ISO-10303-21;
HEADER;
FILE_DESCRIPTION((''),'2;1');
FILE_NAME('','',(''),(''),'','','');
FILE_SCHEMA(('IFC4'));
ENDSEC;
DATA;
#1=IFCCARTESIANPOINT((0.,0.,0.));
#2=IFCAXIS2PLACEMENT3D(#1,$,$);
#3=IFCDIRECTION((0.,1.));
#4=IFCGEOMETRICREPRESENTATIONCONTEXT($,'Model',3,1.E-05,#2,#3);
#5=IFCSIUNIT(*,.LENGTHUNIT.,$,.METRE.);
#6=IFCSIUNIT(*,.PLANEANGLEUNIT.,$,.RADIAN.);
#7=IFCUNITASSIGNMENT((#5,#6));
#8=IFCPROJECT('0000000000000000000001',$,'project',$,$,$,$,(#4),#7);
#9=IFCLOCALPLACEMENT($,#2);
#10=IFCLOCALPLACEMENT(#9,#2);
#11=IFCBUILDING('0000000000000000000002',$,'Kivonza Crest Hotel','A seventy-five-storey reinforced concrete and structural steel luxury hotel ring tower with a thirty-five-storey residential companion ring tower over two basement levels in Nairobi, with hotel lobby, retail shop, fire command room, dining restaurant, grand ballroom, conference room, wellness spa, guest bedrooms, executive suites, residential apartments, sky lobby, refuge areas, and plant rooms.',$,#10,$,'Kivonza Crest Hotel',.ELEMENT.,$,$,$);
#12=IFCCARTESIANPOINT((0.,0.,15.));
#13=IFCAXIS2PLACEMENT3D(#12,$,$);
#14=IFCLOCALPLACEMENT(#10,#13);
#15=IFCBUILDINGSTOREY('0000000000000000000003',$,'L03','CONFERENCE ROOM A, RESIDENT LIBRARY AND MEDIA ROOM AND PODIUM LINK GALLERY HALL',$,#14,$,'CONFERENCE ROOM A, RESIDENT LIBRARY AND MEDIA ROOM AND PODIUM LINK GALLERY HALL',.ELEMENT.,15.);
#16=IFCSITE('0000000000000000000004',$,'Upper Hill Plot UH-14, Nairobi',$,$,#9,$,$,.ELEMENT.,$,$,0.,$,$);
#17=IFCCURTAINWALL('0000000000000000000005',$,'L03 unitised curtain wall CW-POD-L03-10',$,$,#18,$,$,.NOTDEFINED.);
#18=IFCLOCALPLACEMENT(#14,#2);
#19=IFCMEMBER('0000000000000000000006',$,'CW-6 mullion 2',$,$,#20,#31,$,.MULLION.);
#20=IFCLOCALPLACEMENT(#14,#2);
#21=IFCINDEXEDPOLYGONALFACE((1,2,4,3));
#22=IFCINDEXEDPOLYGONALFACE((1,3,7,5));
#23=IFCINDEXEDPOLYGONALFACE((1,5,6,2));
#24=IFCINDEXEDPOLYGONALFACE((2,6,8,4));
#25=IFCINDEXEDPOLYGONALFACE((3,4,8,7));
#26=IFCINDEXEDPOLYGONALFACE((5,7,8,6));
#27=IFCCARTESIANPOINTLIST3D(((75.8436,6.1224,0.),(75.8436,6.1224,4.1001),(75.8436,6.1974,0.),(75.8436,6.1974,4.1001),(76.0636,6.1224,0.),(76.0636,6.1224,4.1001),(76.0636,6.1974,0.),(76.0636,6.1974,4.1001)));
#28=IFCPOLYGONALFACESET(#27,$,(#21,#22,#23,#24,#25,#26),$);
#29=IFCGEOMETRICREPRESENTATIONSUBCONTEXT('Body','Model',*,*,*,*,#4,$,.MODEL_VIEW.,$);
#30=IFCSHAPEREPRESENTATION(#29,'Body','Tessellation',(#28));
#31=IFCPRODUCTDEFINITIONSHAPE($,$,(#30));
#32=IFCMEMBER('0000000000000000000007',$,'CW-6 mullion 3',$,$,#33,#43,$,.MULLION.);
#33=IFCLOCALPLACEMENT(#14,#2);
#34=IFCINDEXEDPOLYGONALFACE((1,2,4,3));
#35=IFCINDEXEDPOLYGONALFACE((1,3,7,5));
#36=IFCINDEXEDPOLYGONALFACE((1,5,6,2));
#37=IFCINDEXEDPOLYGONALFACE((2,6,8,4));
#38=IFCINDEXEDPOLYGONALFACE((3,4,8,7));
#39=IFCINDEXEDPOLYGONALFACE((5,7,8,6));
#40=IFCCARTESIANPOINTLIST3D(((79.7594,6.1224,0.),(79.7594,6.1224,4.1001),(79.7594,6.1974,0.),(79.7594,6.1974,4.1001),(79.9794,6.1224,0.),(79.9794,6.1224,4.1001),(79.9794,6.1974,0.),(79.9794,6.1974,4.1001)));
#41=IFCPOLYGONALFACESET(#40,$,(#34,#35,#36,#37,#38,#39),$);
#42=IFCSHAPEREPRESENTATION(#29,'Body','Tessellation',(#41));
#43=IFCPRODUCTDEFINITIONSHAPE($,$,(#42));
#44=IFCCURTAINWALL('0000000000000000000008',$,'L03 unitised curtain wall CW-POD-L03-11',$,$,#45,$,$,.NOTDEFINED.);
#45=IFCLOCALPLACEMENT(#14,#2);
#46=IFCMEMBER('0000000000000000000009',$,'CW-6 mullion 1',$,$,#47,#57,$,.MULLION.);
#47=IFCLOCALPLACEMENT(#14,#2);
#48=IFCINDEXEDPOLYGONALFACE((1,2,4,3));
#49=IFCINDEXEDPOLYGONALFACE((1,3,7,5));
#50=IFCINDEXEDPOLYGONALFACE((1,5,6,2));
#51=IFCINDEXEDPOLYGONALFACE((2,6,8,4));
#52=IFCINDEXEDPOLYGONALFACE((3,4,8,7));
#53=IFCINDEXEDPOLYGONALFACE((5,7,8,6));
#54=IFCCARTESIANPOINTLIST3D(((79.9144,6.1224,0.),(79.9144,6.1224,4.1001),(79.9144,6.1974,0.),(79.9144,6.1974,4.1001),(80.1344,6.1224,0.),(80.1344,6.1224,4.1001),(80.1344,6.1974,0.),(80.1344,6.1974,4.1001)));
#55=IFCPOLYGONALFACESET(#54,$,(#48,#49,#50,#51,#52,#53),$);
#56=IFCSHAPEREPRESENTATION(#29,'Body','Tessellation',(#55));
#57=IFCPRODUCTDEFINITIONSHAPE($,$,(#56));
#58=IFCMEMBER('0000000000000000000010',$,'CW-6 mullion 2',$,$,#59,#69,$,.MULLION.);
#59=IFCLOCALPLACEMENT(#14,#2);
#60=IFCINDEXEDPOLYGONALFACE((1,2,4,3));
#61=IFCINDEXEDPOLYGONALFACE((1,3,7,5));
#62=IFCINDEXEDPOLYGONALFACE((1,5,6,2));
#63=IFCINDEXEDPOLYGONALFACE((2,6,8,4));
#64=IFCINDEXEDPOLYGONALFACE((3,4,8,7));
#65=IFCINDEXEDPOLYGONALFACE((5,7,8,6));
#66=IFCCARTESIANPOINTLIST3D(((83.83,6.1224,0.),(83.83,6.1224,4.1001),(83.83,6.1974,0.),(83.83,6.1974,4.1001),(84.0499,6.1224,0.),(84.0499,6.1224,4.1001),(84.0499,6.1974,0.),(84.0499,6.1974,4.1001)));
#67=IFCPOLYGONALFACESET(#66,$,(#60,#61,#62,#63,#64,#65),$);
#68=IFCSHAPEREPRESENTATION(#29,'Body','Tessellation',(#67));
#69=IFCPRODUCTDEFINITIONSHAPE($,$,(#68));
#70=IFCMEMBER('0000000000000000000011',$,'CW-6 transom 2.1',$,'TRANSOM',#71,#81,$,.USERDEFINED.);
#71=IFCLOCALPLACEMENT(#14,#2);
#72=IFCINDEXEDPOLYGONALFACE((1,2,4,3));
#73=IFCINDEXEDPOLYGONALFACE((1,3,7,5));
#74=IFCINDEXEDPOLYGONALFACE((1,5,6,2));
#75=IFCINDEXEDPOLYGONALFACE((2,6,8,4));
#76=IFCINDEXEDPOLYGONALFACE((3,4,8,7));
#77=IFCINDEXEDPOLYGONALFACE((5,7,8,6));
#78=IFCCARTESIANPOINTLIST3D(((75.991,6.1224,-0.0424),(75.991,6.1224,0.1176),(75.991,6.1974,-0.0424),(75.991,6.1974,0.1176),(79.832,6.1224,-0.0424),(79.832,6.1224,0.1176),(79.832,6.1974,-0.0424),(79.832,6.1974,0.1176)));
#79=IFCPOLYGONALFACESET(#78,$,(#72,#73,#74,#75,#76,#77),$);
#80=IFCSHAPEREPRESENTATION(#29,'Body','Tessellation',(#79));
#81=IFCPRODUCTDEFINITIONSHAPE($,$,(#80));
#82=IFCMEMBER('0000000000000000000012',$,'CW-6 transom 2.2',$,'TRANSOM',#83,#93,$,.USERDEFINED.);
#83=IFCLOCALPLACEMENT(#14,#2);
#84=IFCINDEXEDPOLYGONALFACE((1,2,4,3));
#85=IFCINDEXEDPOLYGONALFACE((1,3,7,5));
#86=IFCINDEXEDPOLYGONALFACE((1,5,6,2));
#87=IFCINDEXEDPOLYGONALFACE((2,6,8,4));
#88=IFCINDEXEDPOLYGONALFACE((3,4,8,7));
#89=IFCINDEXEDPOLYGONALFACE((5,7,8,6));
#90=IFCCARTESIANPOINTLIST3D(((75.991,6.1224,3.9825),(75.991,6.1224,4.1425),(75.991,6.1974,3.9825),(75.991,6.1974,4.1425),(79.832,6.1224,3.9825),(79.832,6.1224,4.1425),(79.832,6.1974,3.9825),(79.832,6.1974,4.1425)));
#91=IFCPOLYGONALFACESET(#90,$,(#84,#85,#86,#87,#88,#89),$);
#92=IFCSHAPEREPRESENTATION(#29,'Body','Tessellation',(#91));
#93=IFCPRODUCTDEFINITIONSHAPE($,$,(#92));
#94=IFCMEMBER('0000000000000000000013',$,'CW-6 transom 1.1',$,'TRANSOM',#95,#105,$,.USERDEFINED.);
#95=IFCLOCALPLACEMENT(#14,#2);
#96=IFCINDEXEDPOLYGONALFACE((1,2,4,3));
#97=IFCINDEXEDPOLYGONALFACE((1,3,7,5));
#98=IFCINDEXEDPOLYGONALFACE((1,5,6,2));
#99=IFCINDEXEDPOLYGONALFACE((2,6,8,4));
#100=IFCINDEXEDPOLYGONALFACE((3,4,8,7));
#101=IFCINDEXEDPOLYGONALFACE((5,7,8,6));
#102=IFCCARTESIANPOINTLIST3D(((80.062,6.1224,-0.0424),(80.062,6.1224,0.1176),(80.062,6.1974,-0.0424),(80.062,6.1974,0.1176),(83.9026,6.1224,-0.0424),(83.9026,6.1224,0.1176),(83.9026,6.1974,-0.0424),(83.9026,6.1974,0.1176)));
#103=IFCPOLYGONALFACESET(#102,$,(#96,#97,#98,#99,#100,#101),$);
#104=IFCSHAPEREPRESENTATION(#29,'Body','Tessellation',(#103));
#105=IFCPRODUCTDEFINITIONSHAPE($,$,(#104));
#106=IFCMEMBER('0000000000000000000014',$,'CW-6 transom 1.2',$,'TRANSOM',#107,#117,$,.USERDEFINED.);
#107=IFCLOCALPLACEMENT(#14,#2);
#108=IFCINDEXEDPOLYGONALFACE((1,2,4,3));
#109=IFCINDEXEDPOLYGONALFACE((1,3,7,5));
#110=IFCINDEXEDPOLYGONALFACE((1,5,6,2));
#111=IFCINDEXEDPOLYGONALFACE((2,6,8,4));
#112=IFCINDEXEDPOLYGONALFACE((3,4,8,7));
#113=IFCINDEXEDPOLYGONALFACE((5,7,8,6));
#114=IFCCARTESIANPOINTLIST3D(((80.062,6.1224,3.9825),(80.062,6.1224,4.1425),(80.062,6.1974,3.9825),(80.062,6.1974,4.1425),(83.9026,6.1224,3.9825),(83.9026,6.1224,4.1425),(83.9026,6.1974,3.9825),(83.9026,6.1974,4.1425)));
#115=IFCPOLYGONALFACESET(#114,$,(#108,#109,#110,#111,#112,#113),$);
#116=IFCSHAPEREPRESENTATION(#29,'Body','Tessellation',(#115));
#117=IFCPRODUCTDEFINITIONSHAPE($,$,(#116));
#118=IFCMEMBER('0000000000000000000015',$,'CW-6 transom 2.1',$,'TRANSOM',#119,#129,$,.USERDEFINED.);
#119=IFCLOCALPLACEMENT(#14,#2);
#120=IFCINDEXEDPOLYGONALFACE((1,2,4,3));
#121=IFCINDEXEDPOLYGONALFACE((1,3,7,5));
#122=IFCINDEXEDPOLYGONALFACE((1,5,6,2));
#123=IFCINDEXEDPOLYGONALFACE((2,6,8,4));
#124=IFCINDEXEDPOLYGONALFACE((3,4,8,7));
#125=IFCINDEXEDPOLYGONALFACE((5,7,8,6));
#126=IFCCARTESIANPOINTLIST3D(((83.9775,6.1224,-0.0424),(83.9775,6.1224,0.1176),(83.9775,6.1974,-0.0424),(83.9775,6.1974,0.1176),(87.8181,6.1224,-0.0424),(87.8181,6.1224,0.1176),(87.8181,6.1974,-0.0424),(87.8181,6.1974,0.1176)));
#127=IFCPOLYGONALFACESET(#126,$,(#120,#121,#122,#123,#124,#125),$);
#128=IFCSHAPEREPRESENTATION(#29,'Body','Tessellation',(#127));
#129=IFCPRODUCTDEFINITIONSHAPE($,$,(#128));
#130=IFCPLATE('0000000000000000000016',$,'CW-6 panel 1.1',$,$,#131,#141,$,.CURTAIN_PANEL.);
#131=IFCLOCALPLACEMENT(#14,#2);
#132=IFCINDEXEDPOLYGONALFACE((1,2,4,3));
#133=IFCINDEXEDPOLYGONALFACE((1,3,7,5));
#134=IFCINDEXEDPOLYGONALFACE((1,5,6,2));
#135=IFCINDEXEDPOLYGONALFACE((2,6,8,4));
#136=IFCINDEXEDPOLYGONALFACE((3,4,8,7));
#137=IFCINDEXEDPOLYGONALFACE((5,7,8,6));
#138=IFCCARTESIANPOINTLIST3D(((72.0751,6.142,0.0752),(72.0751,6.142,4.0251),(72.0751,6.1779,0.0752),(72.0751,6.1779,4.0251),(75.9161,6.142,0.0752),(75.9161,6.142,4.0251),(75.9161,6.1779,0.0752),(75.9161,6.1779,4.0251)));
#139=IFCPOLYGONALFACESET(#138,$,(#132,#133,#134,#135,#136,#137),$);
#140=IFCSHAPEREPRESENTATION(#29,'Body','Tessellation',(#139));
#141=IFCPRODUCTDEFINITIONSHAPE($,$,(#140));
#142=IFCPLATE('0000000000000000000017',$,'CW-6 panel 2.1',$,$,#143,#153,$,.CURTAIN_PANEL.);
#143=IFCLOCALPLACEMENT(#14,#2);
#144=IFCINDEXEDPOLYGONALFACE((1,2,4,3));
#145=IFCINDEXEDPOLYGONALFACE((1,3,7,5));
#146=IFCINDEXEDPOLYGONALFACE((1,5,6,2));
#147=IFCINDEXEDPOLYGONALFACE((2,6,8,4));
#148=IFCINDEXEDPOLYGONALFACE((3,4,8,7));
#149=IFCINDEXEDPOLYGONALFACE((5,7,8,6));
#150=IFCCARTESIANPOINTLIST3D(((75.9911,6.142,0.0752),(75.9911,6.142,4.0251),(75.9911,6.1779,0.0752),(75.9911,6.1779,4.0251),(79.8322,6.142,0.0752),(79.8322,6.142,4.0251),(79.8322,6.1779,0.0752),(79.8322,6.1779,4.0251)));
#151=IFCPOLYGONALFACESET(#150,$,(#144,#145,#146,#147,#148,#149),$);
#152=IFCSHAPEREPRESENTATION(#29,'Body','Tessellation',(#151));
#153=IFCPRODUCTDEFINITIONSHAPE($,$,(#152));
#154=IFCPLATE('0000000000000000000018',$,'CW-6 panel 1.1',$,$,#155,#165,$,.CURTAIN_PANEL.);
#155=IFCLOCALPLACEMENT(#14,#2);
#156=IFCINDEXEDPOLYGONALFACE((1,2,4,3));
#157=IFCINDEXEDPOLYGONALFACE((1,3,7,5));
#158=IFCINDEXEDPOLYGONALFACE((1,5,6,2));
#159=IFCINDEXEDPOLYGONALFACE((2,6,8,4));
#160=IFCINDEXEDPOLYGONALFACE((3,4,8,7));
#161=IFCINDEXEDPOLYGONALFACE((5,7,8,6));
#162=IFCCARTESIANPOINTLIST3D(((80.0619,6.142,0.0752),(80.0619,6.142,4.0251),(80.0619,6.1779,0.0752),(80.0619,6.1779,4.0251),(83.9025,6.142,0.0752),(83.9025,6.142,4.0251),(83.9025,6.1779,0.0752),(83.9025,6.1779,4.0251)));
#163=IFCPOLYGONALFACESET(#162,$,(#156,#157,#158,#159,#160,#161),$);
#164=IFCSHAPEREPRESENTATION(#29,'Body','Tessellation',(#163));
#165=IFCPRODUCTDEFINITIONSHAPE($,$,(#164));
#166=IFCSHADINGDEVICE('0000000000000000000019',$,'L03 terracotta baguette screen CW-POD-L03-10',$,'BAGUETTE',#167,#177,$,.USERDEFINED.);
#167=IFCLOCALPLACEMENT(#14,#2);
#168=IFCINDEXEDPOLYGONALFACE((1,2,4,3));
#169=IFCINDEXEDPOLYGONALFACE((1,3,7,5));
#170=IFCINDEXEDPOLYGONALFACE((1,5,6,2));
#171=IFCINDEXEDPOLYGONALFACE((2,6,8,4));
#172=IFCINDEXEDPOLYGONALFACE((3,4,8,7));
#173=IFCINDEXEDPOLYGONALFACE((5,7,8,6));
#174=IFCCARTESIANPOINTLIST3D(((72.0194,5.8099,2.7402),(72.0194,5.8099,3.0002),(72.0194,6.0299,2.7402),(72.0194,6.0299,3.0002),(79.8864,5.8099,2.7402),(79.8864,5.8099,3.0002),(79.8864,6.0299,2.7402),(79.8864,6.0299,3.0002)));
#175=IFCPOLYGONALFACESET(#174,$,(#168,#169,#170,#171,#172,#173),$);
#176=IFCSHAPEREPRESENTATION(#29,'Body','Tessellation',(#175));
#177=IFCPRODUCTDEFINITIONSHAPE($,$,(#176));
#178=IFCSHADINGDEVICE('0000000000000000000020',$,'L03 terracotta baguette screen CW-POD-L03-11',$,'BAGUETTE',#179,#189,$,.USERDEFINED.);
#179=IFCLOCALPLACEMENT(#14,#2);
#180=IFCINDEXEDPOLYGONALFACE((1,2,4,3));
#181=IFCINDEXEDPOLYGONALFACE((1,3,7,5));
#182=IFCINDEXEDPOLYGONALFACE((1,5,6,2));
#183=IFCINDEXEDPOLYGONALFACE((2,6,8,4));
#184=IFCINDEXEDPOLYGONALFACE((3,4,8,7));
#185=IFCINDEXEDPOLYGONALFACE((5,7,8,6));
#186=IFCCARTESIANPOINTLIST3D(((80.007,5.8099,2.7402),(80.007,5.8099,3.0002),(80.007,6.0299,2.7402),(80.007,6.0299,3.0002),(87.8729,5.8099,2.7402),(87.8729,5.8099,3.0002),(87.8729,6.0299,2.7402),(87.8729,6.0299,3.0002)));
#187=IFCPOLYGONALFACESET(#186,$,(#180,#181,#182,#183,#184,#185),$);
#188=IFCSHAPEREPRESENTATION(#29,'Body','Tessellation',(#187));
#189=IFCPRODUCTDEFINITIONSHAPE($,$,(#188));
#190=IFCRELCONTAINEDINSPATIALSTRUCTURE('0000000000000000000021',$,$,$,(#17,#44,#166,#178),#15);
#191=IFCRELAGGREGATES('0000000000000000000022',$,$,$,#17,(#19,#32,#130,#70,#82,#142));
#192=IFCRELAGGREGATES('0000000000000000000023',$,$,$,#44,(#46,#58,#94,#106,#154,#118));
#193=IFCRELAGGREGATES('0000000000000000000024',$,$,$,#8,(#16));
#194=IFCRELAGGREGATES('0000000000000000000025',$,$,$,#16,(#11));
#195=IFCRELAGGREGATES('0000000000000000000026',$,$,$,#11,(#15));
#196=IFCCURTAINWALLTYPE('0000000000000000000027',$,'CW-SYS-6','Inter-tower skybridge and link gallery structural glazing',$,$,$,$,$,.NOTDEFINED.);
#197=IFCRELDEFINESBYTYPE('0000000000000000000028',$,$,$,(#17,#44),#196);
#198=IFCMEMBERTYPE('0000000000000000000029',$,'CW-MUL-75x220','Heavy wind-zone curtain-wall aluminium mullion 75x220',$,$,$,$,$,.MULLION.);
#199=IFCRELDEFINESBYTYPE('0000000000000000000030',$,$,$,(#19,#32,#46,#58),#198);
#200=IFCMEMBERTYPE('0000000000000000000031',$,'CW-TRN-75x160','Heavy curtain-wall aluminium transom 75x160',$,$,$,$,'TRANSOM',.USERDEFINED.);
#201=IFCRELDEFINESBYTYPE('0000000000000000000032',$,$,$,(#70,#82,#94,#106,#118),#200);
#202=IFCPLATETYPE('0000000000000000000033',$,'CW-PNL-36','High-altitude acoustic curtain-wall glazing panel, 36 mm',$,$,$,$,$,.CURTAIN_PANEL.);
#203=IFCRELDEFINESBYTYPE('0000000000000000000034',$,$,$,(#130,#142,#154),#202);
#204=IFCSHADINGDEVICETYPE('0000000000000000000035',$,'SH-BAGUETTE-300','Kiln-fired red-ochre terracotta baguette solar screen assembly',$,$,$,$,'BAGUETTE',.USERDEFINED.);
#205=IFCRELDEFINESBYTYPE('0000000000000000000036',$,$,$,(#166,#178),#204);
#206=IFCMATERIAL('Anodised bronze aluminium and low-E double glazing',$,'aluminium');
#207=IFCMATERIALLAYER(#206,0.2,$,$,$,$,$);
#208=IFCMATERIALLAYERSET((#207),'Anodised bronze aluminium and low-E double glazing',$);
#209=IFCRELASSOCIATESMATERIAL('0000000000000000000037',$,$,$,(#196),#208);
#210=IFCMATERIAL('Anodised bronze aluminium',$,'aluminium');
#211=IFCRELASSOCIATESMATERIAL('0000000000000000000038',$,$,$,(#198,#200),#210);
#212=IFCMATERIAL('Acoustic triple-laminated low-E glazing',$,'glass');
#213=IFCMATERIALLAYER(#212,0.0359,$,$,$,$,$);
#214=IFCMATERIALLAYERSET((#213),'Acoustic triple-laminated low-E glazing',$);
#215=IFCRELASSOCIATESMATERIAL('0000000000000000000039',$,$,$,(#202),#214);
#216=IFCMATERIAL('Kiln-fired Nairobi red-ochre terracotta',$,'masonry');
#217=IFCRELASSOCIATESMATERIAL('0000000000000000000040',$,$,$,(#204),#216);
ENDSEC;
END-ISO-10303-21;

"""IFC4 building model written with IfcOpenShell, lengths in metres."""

from ifc_helpers import new_model, si_unit, direction, frame, origin, origin_2d, place, context, subcontext, project, spatial, rectangle, extrude, material, layer, layer_set, material_profile, profile_set, type_object, element, aggregate, save


model = new_model("IFC4")

# Units and contexts
model_context = context("Model", 3, precision=1e-05, world=origin(), true_north=direction((0.0, 1.0)))
body_context = subcontext(model_context, "Body", "Model", "MODEL_VIEW")
ifc_project = project(units=[si_unit("LENGTHUNIT", "METRE"), si_unit("PLANEANGLEUNIT", "RADIAN")], contexts=[model_context])

# Site, building, storey
site_placement = place(None, origin())
site = spatial("IfcSite", under=ifc_project, at=site_placement, Name="Upper Hill Plot UH-14, Nairobi", CompositionType="ELEMENT", RefElevation=0.0)
building_placement = place(site_placement, origin())
building = spatial("IfcBuilding", under=site, at=building_placement, Name="Kivonza Crest Hotel", Description="A seventy-five-storey reinforced concrete and structural steel luxury hotel ring tower with a thirty-five-storey residential companion ring tower over two basement levels in Nairobi, with hotel lobby, retail shop, fire command room, dining restaurant, grand ballroom, conference room, wellness spa, guest bedrooms, executive suites, residential apartments, sky lobby, refuge areas, and plant rooms.", LongName="Kivonza Crest Hotel", CompositionType="ELEMENT")
storey_placement = place(building_placement, frame((0.0, 0.0, 15.0)))
storey = spatial("IfcBuildingStorey", under=building, at=storey_placement, Name="L03", Description="CONFERENCE ROOM A, RESIDENT LIBRARY AND MEDIA ROOM AND PODIUM LINK GALLERY HALL", LongName="CONFERENCE ROOM A, RESIDENT LIBRARY AND MEDIA ROOM AND PODIUM LINK GALLERY HALL", CompositionType="ELEMENT", Elevation=15.0)

# Curtain walls, members
ifc_material_1 = material(Name="Anodised bronze aluminium and low-E double glazing", Category="aluminium")
ifc_layer_1 = layer(ifc_material_1, 0.2)
ifc_layer_set_1 = layer_set([ifc_layer_1], Name="Anodised bronze aluminium and low-E double glazing")
curtain_wall_type = type_object("IfcCurtainWallType", Name="CW-SYS-6", Description="Inter-tower skybridge and link gallery structural glazing", PredefinedType="NOTDEFINED", material=ifc_layer_set_1)
curtain_wall_1_placement = place(storey_placement, origin())
curtain_wall_1 = element("IfcCurtainWall", 1, at=curtain_wall_1_placement, inside=storey, type_object=curtain_wall_type, Name="L03 unitised curtain wall CW-POD-L03-10", PredefinedType="NOTDEFINED")
ifc_material_2 = material(Name="Anodised bronze aluminium", Category="aluminium")
ifc_material_profile_1 = material_profile(ifc_material_2, rectangle(XDim=0.075, YDim=0.22, at=origin_2d()), Name="CW-M 75x220")
ifc_profile_set_1 = profile_set([ifc_material_profile_1], Name="Anodised bronze aluminium")
member_type_1 = type_object("IfcMemberType", Name="CW-MUL-75x220", Description="Heavy wind-zone curtain-wall aluminium mullion 75x220", PredefinedType="MULLION", material=ifc_profile_set_1)
member_1_placement = place(storey_placement, frame((75.9536, 6.1599, 0.0), z_axis=(0.0, 0.0, 1.0), x_axis=(0.0, 1.0, 0.0)))
member_1 = element("IfcMember", 2, at=member_1_placement, type_object=member_type_1, Name="CW-6 mullion 2", PredefinedType="MULLION", context=body_context, shape_type="SweptSolid", body=[
    extrude(rectangle(XDim=0.075, YDim=0.22, at=origin_2d()), origin(), (0.0, 0.0, 1.0), 4.1001),
])
member_2_placement = place(storey_placement, frame((79.8694, 6.1599, 0.0), z_axis=(0.0, 0.0, 1.0), x_axis=(0.0, 1.0, 0.0)))
member_2 = element("IfcMember", 3, at=member_2_placement, type_object=member_type_1, Name="CW-6 mullion 3", PredefinedType="MULLION", context=body_context, shape_type="SweptSolid", body=[
    extrude(rectangle(XDim=0.075, YDim=0.22, at=origin_2d()), origin(), (0.0, 0.0, 1.0), 4.1001),
])
curtain_wall_2_placement = place(storey_placement, origin())
curtain_wall_2 = element("IfcCurtainWall", 4, at=curtain_wall_2_placement, inside=storey, type_object=curtain_wall_type, Name="L03 unitised curtain wall CW-POD-L03-11", PredefinedType="NOTDEFINED")
member_3_placement = place(storey_placement, frame((80.0244, 6.1599, 0.0), z_axis=(0.0, 0.0, 1.0), x_axis=(0.0, 1.0, 0.0)))
member_3 = element("IfcMember", 5, at=member_3_placement, type_object=member_type_1, Name="CW-6 mullion 1", PredefinedType="MULLION", context=body_context, shape_type="SweptSolid", body=[
    extrude(rectangle(XDim=0.075, YDim=0.22, at=origin_2d()), origin(), (0.0, 0.0, 1.0), 4.1001),
])
member_4_placement = place(storey_placement, frame((83.9399, 6.1599, 0.0), z_axis=(0.0, 0.0, 1.0), x_axis=(0.0, 1.0, 0.0)))
member_4 = element("IfcMember", 6, at=member_4_placement, type_object=member_type_1, Name="CW-6 mullion 2", PredefinedType="MULLION", context=body_context, shape_type="SweptSolid", body=[
    extrude(rectangle(XDim=0.075, YDim=0.22, at=origin_2d()), origin(), (0.0, 0.0, 1.0), 4.1001),
])

# Members
ifc_material_profile_2 = material_profile(ifc_material_2, rectangle(XDim=0.075, YDim=0.1599, at=origin_2d()), Name="CW-T 75x160")
ifc_profile_set_2 = profile_set([ifc_material_profile_2], Name="Anodised bronze aluminium")
member_type_2 = type_object("IfcMemberType", Name="CW-TRN-75x160", Description="Heavy curtain-wall aluminium transom 75x160", ElementType="TRANSOM", PredefinedType="USERDEFINED", material=ifc_profile_set_2)
member_5_placement = place(storey_placement, frame((75.991, 6.1599, 0.0376), z_axis=(1.0, 0.0, 0.0), x_axis=(0.0, 1.0, 0.0)))
member_5 = element("IfcMember", 7, at=member_5_placement, type_object=member_type_2, Name="CW-6 transom 2.1", ObjectType="TRANSOM", PredefinedType="USERDEFINED", context=body_context, shape_type="SweptSolid", body=[
    extrude(rectangle(XDim=0.075, YDim=0.1599, at=origin_2d()), origin(), (0.0, 0.0, 1.0), 3.8411),
])
member_6_placement = place(storey_placement, frame((75.991, 6.1599, 4.0625), z_axis=(1.0, 0.0, 0.0), x_axis=(0.0, 1.0, 0.0)))
member_6 = element("IfcMember", 8, at=member_6_placement, type_object=member_type_2, Name="CW-6 transom 2.2", ObjectType="TRANSOM", PredefinedType="USERDEFINED", context=body_context, shape_type="SweptSolid", body=[
    extrude(rectangle(XDim=0.075, YDim=0.1599, at=origin_2d()), origin(), (0.0, 0.0, 1.0), 3.8411),
])
member_7_placement = place(storey_placement, frame((80.062, 6.1599, 0.0376), z_axis=(1.0, 0.0, 0.0), x_axis=(0.0, 1.0, 0.0)))
member_7 = element("IfcMember", 9, at=member_7_placement, type_object=member_type_2, Name="CW-6 transom 1.1", ObjectType="TRANSOM", PredefinedType="USERDEFINED", context=body_context, shape_type="SweptSolid", body=[
    extrude(rectangle(XDim=0.075, YDim=0.1599, at=origin_2d()), origin(), (0.0, 0.0, 1.0), 3.8406),
])
member_8_placement = place(storey_placement, frame((80.062, 6.1599, 4.0625), z_axis=(1.0, 0.0, 0.0), x_axis=(0.0, 1.0, 0.0)))
member_8 = element("IfcMember", 10, at=member_8_placement, type_object=member_type_2, Name="CW-6 transom 1.2", ObjectType="TRANSOM", PredefinedType="USERDEFINED", context=body_context, shape_type="SweptSolid", body=[
    extrude(rectangle(XDim=0.075, YDim=0.1599, at=origin_2d()), origin(), (0.0, 0.0, 1.0), 3.8406),
])
member_9_placement = place(storey_placement, frame((83.9775, 6.1599, 0.0376), z_axis=(1.0, 0.0, 0.0), x_axis=(0.0, 1.0, 0.0)))
member_9 = element("IfcMember", 11, at=member_9_placement, type_object=member_type_2, Name="CW-6 transom 2.1", ObjectType="TRANSOM", PredefinedType="USERDEFINED", context=body_context, shape_type="SweptSolid", body=[
    extrude(rectangle(XDim=0.075, YDim=0.1599, at=origin_2d()), origin(), (0.0, 0.0, 1.0), 3.8406),
])

# Plates
ifc_material_3 = material(Name="Acoustic triple-laminated low-E glazing", Category="glass")
ifc_layer_2 = layer(ifc_material_3, 0.0359)
ifc_layer_set_2 = layer_set([ifc_layer_2], Name="Acoustic triple-laminated low-E glazing")
plate_type = type_object("IfcPlateType", Name="CW-PNL-36", Description="High-altitude acoustic curtain-wall glazing panel, 36 mm", PredefinedType="CURTAIN_PANEL", material=ifc_layer_set_2)
plate_1_placement = place(storey_placement, frame((73.9956, 6.1599, 0.0752), z_axis=(0.0, 0.0, 1.0), x_axis=(1.0, 0.0, 0.0)))
plate_1 = element("IfcPlate", 12, at=plate_1_placement, type_object=plate_type, Name="CW-6 panel 1.1", PredefinedType="CURTAIN_PANEL", context=body_context, shape_type="SweptSolid", body=[
    extrude(rectangle(XDim=3.8411, YDim=0.0359, at=origin_2d()), origin(), (0.0, 0.0, 1.0), 3.95),
])
plate_2_placement = place(storey_placement, frame((77.9116, 6.1599, 0.0752), z_axis=(0.0, 0.0, 1.0), x_axis=(1.0, 0.0, 0.0)))
plate_2 = element("IfcPlate", 13, at=plate_2_placement, type_object=plate_type, Name="CW-6 panel 2.1", PredefinedType="CURTAIN_PANEL", context=body_context, shape_type="SweptSolid", body=[
    extrude(rectangle(XDim=3.8411, YDim=0.0359, at=origin_2d()), origin(), (0.0, 0.0, 1.0), 3.95),
])
aggregate(curtain_wall_1, [member_1, member_2, plate_1, member_5, member_6, plate_2])
plate_3_placement = place(storey_placement, frame((81.9822, 6.1599, 0.0752), z_axis=(0.0, 0.0, 1.0), x_axis=(1.0, 0.0, 0.0)))
plate_3 = element("IfcPlate", 14, at=plate_3_placement, type_object=plate_type, Name="CW-6 panel 1.1", PredefinedType="CURTAIN_PANEL", context=body_context, shape_type="SweptSolid", body=[
    extrude(rectangle(XDim=3.8406, YDim=0.0359, at=origin_2d()), origin(), (0.0, 0.0, 1.0), 3.95),
])
aggregate(curtain_wall_2, [member_3, member_4, member_7, member_8, plate_3, member_9])

# Shading devices
ifc_material_4 = material(Name="Kiln-fired Nairobi red-ochre terracotta", Category="masonry")
shading_device_type_1 = type_object("IfcShadingDeviceType", Name="SH-BAGUETTE-300", Description="Kiln-fired red-ochre terracotta baguette solar screen assembly", ElementType="BAGUETTE", PredefinedType="USERDEFINED", material=ifc_material_4)
shading_device_1_placement = place(storey_placement, frame((75.9529, 5.9199, 2.7402), z_axis=(0.0, 0.0, 1.0), x_axis=(1.0, 0.0, 0.0)))
element("IfcShadingDevice", 15, at=shading_device_1_placement, inside=storey, type_object=shading_device_type_1, Name="L03 terracotta baguette screen CW-POD-L03-10", ObjectType="BAGUETTE", PredefinedType="USERDEFINED", context=body_context, shape_type="SweptSolid", body=[
    extrude(rectangle(XDim=7.8669, YDim=0.22, at=origin_2d()), origin(), (0.0, 0.0, 1.0), 0.26),
])
shading_device_2_placement = place(storey_placement, frame((83.9399, 5.9199, 2.7402), z_axis=(0.0, 0.0, 1.0), x_axis=(1.0, 0.0, 0.0)))
element("IfcShadingDevice", 16, at=shading_device_2_placement, inside=storey, type_object=shading_device_type_1, Name="L03 terracotta baguette screen CW-POD-L03-11", ObjectType="BAGUETTE", PredefinedType="USERDEFINED", context=body_context, shape_type="SweptSolid", body=[
    extrude(rectangle(XDim=7.866, YDim=0.22, at=origin_2d()), origin(), (0.0, 0.0, 1.0), 0.26),
])

save(model, "model.ifc")
